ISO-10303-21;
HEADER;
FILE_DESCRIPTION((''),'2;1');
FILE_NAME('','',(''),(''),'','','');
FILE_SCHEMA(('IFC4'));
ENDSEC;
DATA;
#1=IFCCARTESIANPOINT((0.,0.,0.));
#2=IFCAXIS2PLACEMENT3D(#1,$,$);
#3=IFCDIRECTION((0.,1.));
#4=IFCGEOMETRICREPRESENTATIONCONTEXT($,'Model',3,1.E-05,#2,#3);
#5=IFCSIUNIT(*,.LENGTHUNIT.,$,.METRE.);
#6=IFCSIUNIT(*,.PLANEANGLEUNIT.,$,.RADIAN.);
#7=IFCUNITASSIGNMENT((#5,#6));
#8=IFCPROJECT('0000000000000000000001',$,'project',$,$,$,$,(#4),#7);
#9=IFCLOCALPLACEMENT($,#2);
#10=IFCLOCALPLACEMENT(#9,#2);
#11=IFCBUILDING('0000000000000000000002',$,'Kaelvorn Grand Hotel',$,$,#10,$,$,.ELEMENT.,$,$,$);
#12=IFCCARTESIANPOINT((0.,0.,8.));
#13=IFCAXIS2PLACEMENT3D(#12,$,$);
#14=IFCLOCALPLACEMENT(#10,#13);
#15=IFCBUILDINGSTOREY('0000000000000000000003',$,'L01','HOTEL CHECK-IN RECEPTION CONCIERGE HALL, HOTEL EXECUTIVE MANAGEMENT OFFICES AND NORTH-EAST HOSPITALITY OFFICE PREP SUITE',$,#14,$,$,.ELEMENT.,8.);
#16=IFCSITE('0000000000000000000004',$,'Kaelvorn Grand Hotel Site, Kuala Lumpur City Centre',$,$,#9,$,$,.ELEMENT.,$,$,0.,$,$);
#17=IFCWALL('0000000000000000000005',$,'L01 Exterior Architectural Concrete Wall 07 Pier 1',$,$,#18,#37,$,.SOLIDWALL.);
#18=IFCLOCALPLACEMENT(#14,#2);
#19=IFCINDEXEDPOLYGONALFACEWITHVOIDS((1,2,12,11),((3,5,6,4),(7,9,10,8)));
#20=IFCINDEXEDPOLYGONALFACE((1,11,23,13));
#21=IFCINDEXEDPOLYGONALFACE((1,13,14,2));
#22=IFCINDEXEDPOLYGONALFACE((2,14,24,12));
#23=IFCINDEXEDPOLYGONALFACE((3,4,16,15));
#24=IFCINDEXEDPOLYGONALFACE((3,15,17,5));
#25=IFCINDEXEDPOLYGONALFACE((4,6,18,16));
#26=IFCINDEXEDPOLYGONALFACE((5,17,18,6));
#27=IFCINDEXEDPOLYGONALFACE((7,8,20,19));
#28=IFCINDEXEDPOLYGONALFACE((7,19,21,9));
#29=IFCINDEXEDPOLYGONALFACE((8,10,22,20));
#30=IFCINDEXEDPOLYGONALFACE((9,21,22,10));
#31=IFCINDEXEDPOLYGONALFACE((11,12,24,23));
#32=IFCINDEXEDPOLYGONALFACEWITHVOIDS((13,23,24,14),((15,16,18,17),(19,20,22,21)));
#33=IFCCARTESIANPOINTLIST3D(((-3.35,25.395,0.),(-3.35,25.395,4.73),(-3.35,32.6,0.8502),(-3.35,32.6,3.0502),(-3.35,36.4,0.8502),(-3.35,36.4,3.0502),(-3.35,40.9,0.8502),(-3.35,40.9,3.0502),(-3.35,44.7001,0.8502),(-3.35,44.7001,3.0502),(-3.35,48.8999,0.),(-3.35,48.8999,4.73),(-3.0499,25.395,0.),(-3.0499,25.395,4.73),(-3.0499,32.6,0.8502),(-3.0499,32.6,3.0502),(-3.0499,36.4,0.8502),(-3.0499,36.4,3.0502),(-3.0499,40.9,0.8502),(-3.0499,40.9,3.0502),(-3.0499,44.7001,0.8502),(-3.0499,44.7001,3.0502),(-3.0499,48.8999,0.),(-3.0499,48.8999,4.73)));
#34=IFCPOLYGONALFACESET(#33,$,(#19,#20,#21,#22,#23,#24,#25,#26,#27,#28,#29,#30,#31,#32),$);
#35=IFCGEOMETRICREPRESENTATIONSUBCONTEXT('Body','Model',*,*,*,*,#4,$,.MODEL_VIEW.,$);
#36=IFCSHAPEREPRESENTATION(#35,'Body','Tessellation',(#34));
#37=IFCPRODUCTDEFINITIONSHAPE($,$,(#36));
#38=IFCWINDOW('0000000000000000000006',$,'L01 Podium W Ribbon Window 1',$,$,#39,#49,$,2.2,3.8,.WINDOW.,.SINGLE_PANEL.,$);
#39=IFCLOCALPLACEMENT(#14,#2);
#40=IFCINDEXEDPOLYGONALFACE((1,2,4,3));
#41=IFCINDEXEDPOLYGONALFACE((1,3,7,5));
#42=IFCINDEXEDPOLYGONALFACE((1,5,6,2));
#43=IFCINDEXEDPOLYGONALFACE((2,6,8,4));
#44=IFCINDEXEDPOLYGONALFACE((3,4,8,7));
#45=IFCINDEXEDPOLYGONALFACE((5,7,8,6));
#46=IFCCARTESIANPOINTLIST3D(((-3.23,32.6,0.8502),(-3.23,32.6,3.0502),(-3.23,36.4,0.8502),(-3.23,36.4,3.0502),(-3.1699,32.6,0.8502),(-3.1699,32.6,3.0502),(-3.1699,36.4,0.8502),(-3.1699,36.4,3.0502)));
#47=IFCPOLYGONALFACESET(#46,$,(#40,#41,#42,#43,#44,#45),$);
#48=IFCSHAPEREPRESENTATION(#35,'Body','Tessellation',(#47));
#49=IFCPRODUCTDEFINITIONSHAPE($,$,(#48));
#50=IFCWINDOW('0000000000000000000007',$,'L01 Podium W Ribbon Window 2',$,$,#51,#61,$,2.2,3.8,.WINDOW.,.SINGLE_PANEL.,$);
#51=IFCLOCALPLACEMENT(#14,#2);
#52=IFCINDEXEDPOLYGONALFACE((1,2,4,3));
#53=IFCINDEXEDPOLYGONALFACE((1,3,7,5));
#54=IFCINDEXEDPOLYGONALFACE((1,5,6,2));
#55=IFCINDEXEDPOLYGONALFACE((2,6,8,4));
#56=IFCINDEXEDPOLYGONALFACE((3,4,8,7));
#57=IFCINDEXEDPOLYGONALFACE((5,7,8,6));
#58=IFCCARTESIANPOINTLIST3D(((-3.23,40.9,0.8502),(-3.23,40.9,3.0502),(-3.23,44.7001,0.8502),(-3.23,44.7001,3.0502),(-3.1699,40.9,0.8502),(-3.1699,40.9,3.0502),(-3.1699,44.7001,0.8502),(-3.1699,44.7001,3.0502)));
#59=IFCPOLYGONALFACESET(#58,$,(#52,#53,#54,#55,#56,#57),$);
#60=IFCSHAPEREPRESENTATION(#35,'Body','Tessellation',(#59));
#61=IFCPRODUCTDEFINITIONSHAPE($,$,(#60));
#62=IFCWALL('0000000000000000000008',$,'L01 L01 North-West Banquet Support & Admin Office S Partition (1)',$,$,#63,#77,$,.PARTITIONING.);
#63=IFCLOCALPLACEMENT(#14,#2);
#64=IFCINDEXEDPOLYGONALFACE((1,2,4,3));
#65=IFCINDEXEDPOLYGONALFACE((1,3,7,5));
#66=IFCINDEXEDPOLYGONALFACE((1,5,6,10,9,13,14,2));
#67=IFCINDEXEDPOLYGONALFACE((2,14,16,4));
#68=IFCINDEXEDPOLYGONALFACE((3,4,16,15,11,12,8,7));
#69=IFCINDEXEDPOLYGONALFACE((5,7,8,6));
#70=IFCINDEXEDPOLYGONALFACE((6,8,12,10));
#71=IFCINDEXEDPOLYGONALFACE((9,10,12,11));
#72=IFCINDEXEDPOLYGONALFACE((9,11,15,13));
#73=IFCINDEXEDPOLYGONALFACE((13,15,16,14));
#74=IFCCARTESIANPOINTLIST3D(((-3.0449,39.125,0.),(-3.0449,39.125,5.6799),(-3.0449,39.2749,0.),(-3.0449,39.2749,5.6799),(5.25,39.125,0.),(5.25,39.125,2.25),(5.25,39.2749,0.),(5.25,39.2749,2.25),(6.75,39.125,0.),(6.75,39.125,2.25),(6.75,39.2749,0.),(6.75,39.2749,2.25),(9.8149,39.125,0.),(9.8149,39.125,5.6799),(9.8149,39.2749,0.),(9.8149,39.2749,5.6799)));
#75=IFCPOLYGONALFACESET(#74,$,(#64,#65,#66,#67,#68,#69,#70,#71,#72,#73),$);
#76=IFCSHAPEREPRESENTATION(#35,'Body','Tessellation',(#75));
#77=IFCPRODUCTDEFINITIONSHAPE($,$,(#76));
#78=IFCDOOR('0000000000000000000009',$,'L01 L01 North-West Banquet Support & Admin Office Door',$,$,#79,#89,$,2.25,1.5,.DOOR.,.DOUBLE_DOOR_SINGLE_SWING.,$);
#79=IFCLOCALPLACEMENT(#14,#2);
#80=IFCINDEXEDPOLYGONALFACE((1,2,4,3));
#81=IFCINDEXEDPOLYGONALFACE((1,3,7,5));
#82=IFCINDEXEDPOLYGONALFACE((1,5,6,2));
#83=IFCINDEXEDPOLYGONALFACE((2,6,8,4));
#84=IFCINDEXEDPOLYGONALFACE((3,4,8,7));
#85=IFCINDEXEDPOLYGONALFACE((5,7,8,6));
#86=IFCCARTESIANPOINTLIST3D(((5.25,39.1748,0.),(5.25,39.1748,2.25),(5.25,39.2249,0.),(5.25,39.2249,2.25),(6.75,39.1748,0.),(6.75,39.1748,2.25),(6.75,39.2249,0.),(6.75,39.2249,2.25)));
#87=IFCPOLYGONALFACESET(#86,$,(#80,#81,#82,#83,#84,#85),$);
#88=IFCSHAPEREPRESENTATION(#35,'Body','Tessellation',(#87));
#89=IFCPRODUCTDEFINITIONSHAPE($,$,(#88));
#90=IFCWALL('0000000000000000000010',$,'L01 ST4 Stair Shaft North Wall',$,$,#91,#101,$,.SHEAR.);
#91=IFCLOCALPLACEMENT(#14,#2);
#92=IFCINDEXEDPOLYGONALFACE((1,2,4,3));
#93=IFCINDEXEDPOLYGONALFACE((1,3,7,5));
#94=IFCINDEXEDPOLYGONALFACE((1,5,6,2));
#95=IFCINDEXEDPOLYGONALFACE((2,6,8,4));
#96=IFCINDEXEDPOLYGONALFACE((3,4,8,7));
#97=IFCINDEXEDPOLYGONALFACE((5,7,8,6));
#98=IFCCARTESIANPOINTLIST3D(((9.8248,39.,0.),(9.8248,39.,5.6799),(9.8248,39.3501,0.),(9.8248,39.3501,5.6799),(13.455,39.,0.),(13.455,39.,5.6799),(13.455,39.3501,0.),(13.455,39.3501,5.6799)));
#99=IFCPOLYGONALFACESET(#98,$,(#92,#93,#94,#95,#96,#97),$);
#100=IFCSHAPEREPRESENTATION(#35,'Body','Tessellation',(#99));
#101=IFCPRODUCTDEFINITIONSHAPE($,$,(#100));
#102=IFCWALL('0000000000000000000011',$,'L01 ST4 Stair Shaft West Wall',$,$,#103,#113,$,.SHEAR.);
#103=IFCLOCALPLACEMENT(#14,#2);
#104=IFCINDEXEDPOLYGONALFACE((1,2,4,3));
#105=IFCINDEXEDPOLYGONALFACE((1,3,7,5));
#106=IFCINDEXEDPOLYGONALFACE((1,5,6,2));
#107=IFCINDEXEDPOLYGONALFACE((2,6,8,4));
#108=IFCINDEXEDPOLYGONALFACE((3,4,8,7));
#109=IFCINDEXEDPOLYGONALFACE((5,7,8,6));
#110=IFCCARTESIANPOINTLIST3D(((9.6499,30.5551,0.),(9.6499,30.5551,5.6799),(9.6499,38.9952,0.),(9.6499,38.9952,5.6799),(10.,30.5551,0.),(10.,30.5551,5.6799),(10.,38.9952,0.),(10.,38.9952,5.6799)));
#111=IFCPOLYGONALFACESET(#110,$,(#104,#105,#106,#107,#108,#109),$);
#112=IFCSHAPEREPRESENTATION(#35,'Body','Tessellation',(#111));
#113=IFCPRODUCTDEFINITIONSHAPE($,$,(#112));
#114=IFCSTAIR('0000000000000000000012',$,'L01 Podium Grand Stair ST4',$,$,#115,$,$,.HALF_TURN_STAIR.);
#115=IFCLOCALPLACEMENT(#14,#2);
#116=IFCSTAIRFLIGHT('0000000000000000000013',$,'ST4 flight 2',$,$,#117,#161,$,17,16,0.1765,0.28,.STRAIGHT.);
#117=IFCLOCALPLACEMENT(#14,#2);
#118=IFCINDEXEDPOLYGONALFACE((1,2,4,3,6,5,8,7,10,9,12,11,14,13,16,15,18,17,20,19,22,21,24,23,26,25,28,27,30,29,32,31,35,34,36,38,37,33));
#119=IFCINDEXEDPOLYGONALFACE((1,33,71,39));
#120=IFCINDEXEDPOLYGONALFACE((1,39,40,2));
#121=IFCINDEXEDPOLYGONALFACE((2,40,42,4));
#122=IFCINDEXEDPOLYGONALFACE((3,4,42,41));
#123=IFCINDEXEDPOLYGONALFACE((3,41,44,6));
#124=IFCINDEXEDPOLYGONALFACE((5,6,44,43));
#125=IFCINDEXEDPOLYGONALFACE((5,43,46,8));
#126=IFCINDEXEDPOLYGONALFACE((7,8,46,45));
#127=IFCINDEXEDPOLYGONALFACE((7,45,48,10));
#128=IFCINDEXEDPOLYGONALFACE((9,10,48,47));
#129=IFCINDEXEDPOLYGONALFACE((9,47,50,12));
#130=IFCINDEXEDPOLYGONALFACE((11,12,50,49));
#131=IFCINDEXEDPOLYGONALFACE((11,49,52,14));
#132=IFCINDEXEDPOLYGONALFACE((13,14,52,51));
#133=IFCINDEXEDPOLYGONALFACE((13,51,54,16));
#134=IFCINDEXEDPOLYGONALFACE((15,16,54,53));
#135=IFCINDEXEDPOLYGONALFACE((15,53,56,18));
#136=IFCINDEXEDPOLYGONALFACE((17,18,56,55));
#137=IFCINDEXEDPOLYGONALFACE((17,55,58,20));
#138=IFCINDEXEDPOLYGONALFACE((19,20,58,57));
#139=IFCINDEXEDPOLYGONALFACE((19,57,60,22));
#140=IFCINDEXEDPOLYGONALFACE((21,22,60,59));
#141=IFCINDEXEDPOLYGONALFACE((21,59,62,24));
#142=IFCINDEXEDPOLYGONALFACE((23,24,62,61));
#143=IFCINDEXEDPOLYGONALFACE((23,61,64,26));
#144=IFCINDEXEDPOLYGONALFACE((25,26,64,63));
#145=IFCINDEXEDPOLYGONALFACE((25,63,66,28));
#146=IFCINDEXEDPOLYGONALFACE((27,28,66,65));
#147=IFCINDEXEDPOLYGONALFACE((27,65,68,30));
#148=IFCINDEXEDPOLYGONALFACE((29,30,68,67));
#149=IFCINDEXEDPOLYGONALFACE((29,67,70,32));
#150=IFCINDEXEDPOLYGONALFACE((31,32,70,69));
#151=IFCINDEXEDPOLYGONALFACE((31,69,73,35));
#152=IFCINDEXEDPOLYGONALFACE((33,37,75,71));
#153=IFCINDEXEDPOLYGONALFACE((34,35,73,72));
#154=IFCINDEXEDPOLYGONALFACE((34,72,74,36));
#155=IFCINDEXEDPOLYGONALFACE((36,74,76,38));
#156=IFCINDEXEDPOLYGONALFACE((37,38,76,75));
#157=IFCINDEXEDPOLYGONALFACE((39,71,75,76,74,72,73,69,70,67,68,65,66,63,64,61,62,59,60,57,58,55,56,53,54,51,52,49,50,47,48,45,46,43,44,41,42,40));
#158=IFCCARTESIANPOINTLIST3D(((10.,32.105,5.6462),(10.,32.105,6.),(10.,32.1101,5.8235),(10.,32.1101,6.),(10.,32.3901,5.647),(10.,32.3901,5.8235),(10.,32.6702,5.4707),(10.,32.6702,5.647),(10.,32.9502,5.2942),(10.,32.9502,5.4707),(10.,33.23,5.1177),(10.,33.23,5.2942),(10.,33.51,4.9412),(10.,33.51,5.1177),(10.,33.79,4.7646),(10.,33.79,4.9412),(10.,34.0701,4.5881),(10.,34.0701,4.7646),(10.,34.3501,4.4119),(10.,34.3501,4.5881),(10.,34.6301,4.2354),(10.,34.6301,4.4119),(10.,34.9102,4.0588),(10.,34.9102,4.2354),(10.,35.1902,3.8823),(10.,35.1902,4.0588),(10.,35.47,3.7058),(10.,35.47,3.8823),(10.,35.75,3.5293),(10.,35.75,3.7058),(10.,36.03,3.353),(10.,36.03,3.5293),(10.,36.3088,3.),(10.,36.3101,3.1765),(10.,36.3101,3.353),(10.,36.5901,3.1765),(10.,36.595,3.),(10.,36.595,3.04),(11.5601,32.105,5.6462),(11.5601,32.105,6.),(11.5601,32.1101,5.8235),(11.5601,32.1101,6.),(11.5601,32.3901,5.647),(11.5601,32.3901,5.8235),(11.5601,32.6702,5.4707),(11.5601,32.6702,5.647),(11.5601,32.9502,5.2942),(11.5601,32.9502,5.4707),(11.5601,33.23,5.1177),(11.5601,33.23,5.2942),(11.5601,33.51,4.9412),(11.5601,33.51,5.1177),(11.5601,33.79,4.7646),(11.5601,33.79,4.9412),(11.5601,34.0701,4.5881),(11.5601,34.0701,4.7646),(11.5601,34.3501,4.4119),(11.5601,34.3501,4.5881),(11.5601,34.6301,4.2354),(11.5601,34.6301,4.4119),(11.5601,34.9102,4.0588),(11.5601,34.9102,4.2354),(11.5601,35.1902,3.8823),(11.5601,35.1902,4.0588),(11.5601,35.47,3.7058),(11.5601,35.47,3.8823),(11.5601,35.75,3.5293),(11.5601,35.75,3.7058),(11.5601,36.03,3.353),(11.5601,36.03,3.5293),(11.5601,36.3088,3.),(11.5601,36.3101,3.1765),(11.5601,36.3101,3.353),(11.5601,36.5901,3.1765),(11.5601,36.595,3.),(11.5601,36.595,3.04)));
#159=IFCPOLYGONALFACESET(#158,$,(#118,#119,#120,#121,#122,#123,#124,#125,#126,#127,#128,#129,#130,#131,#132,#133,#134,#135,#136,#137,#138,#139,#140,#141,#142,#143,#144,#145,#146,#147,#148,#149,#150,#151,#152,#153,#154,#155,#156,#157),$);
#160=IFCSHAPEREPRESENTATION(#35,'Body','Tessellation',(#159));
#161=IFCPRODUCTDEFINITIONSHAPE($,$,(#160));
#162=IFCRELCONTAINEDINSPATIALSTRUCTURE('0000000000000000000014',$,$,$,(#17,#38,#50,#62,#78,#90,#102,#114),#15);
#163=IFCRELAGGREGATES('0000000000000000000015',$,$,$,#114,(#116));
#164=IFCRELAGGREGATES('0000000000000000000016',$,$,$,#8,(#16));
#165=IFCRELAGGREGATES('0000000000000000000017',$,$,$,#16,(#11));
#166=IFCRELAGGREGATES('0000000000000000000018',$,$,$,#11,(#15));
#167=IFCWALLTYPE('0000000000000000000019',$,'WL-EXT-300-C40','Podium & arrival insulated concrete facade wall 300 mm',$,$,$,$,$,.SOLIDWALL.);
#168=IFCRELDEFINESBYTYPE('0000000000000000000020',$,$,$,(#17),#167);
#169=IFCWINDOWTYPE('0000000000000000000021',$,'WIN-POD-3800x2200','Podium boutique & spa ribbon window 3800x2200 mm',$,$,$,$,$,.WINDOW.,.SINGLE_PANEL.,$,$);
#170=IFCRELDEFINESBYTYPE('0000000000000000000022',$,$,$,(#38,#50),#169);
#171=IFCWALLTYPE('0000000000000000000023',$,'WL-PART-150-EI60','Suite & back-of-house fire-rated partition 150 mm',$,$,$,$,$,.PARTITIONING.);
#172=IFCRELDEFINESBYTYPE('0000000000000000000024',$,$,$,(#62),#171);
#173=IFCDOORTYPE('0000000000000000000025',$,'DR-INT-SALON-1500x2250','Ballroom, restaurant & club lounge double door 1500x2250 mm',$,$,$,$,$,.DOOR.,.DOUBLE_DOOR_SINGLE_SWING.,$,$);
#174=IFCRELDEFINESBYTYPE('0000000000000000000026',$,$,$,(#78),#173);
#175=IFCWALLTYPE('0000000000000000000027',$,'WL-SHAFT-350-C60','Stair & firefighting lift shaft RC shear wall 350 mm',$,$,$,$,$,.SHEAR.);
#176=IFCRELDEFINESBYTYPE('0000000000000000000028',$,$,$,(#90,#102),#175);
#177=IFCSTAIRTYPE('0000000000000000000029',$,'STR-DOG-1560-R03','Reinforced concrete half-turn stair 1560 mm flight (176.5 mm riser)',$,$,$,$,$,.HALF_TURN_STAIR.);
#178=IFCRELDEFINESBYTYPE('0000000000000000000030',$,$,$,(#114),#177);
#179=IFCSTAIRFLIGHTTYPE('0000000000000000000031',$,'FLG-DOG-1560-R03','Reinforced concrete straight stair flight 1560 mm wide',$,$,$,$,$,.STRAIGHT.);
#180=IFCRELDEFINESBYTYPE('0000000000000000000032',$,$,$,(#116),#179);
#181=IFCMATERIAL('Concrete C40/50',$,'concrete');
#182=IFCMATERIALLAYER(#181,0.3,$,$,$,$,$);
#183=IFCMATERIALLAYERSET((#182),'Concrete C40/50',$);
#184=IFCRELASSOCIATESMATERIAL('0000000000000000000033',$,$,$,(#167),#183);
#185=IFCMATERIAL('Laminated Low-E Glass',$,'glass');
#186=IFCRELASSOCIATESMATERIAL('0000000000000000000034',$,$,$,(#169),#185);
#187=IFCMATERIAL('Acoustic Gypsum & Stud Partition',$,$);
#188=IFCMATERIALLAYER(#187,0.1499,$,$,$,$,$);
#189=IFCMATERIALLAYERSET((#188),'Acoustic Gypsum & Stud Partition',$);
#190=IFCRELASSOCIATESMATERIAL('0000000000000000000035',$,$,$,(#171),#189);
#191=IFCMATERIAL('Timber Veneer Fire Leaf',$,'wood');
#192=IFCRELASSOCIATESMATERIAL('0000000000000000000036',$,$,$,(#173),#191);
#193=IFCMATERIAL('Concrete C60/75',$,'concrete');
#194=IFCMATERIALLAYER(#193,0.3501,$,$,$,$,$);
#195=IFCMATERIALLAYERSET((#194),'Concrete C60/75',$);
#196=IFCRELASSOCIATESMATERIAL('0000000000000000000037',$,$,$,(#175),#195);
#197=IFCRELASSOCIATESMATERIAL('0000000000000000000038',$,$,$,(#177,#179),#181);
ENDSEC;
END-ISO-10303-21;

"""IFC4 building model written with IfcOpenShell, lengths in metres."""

from ifc_helpers import new_model, si_unit, direction, frame, frame_2d, origin, place, context, subcontext, project, spatial, polyline, rectangle, outline, extrude, material, layer, layer_set, type_object, element, fill, aggregate, save


model = new_model("IFC4")

# Units and contexts
model_context = context("Model", 3, precision=1e-05, world=origin(), true_north=direction((0.0, 1.0)))
body_context = subcontext(model_context, "Body", "Model", "MODEL_VIEW")
ifc_project = project(units=[si_unit("LENGTHUNIT", "METRE"), si_unit("PLANEANGLEUNIT", "RADIAN")], contexts=[model_context])

# Site, building, storey
site_placement = place(None, origin())
site = spatial("IfcSite", under=ifc_project, at=site_placement, Name="Kaelvorn Grand Hotel Site, Kuala Lumpur City Centre", CompositionType="ELEMENT", RefElevation=0.0)
building_placement = place(site_placement, origin())
building = spatial("IfcBuilding", under=site, at=building_placement, Name="Kaelvorn Grand Hotel", CompositionType="ELEMENT")
storey_placement = place(building_placement, frame((0.0, 0.0, 8.0)))
storey = spatial("IfcBuildingStorey", under=building, at=storey_placement, Name="L01", Description="HOTEL CHECK-IN RECEPTION CONCIERGE HALL, HOTEL EXECUTIVE MANAGEMENT OFFICES AND NORTH-EAST HOSPITALITY OFFICE PREP SUITE", CompositionType="ELEMENT", Elevation=8.0)

# Shared definitions
ifc_material_1 = material(Name="Concrete C40/50", Category="concrete")
ifc_layer_1 = layer(ifc_material_1, 0.3)
ifc_layer_set_1 = layer_set([ifc_layer_1], Name="Concrete C40/50")
wall_type_1 = type_object("IfcWallType", Name="WL-EXT-300-C40", Description="Podium & arrival insulated concrete facade wall 300 mm", PredefinedType="SOLIDWALL", material=ifc_layer_set_1)
ifc_material_2 = material(Name="Laminated Low-E Glass", Category="glass")

# Wall, openings, windows
wall_1_placement = place(storey_placement, frame((-3.2, 48.8999, 0.0), z_axis=(0.0, 0.0, 1.0), x_axis=(0.0, -1.0, 0.0)))
wall_1 = element("IfcWall", 1, at=wall_1_placement, inside=storey, type_object=wall_type_1, Name="L01 Exterior Architectural Concrete Wall 07 Pier 1", PredefinedType="SOLIDWALL", context=body_context, shape_type="SweptSolid", body=[
    extrude(rectangle(XDim=23.5049, YDim=0.3, at=frame_2d((11.7524, 0.0))), origin(), (0.0, 0.0, 1.0), 4.73),
])
opening_1_placement = place(wall_1_placement, frame((12.5, 0.0, 0.8501)))
opening_1 = element("IfcOpeningElement", 2, at=opening_1_placement, cuts=wall_1, PredefinedType="OPENING", context=body_context, shape_type="SweptSolid", body=[
    extrude(rectangle(XDim=3.8, YDim=2.2, at=frame_2d((1.8999, 1.1001))), frame((0.0, 0.1602, 0.0), z_axis=(0.0, -1.0, 0.0), x_axis=(1.0, 0.0, 0.0)), (0.0, 0.0, 1.0), 0.3201),
])
opening_2_placement = place(wall_1_placement, frame((4.2, 0.0, 0.8501)))
opening_2 = element("IfcOpeningElement", 3, at=opening_2_placement, cuts=wall_1, PredefinedType="OPENING", context=body_context, shape_type="SweptSolid", body=[
    extrude(rectangle(XDim=3.8, YDim=2.2, at=frame_2d((1.8999, 1.1001))), frame((0.0, 0.1602, 0.0), z_axis=(0.0, -1.0, 0.0), x_axis=(1.0, 0.0, 0.0)), (0.0, 0.0, 1.0), 0.3201),
])
window_type_1 = type_object("IfcWindowType", Name="WIN-POD-3800x2200", Description="Podium boutique & spa ribbon window 3800x2200 mm", PartitioningType="SINGLE_PANEL", PredefinedType="WINDOW", material=ifc_material_2)
window_1_placement = place(opening_1_placement, origin())
window_1 = element("IfcWindow", 4, at=window_1_placement, inside=storey, type_object=window_type_1, Name="L01 Podium W Ribbon Window 1", OverallHeight=2.2, OverallWidth=3.8, PartitioningType="SINGLE_PANEL", PredefinedType="WINDOW", context=body_context, shape_type="SweptSolid", body=[
    extrude(rectangle(XDim=3.8, YDim=2.2, at=frame_2d((1.8999, 1.1001))), frame((0.0, 0.03, 0.0), z_axis=(0.0, -1.0, 0.0), x_axis=(1.0, 0.0, 0.0)), (0.0, 0.0, 1.0), 0.0601),
])
fill(opening_1, window_1)
window_2_placement = place(opening_2_placement, origin())
window_2 = element("IfcWindow", 5, at=window_2_placement, inside=storey, type_object=window_type_1, Name="L01 Podium W Ribbon Window 2", OverallHeight=2.2, OverallWidth=3.8, PartitioningType="SINGLE_PANEL", PredefinedType="WINDOW", context=body_context, shape_type="SweptSolid", body=[
    extrude(rectangle(XDim=3.8, YDim=2.2, at=frame_2d((1.8999, 1.1001))), frame((0.0, 0.03, 0.0), z_axis=(0.0, -1.0, 0.0), x_axis=(1.0, 0.0, 0.0)), (0.0, 0.0, 1.0), 0.0601),
])
fill(opening_2, window_2)

# Wall, opening, door
ifc_material_3 = material(Name="Acoustic Gypsum & Stud Partition")
ifc_layer_2 = layer(ifc_material_3, 0.1499)
ifc_layer_set_2 = layer_set([ifc_layer_2], Name="Acoustic Gypsum & Stud Partition")
wall_type_2 = type_object("IfcWallType", Name="WL-PART-150-EI60", Description="Suite & back-of-house fire-rated partition 150 mm", PredefinedType="PARTITIONING", material=ifc_layer_set_2)
wall_2_placement = place(storey_placement, frame((-3.0449, 39.2, 0.0), z_axis=(0.0, 0.0, 1.0), x_axis=(1.0, 0.0, 0.0)))
wall_2 = element("IfcWall", 6, at=wall_2_placement, inside=storey, type_object=wall_type_2, Name="L01 L01 North-West Banquet Support & Admin Office S Partition (1)", PredefinedType="PARTITIONING", context=body_context, shape_type="SweptSolid", body=[
    extrude(rectangle(XDim=12.8599, YDim=0.1499, at=frame_2d((6.4299, 0.0))), origin(), (0.0, 0.0, 1.0), 5.6799),
])
opening_3_placement = place(wall_2_placement, frame((8.2949, 0.0, 0.0)))
opening_3 = element("IfcOpeningElement", 7, at=opening_3_placement, cuts=wall_2, PredefinedType="OPENING", context=body_context, shape_type="SweptSolid", body=[
    extrude(rectangle(XDim=1.5, YDim=2.25, at=frame_2d((0.75, 1.125))), frame((0.0, 0.085, 0.0), z_axis=(0.0, -1.0, 0.0), x_axis=(1.0, 0.0, 0.0)), (0.0, 0.0, 1.0), 0.1699),
])
ifc_material_4 = material(Name="Timber Veneer Fire Leaf", Category="wood")
door_type_1 = type_object("IfcDoorType", Name="DR-INT-SALON-1500x2250", Description="Ballroom, restaurant & club lounge double door 1500x2250 mm", OperationType="DOUBLE_DOOR_SINGLE_SWING", PredefinedType="DOOR", material=ifc_material_4)
door_1_placement = place(opening_3_placement, origin())
door_1 = element("IfcDoor", 8, at=door_1_placement, inside=storey, type_object=door_type_1, Name="L01 L01 North-West Banquet Support & Admin Office Door", OperationType="DOUBLE_DOOR_SINGLE_SWING", OverallHeight=2.25, OverallWidth=1.5, PredefinedType="DOOR", context=body_context, shape_type="SweptSolid", body=[
    extrude(rectangle(XDim=1.5, YDim=2.25, at=frame_2d((0.75, 1.125))), frame((0.0, 0.0249, 0.0), z_axis=(0.0, -1.0, 0.0), x_axis=(1.0, 0.0, 0.0)), (0.0, 0.0, 1.0), 0.05),
])
fill(opening_3, door_1)
ifc_material_5 = material(Name="Concrete C60/75", Category="concrete")
ifc_layer_3 = layer(ifc_material_5, 0.3501)
ifc_layer_set_3 = layer_set([ifc_layer_3], Name="Concrete C60/75")
wall_type_3 = type_object("IfcWallType", Name="WL-SHAFT-350-C60", Description="Stair & firefighting lift shaft RC shear wall 350 mm", PredefinedType="SHEAR", material=ifc_layer_set_3)

# Walls
wall_3_placement = place(storey_placement, frame((9.825, 39.175, 0.0), z_axis=(0.0, 0.0, 1.0), x_axis=(1.0, 0.0, 0.0)))
element("IfcWall", 9, at=wall_3_placement, inside=storey, type_object=wall_type_3, Name="L01 ST4 Stair Shaft North Wall", PredefinedType="SHEAR", context=body_context, shape_type="SweptSolid", body=[
    extrude(rectangle(XDim=3.6301, YDim=0.3501, at=frame_2d((1.8149, 0.0))), origin(), (0.0, 0.0, 1.0), 5.6799),
])
wall_4_placement = place(storey_placement, frame((9.825, 30.5549, 0.0), z_axis=(0.0, 0.0, 1.0), x_axis=(0.0, 1.0, 0.0)))
element("IfcWall", 10, at=wall_4_placement, inside=storey, type_object=wall_type_3, Name="L01 ST4 Stair Shaft West Wall", PredefinedType="SHEAR", context=body_context, shape_type="SweptSolid", body=[
    extrude(rectangle(XDim=8.4402, YDim=0.3501, at=frame_2d((4.2202, 0.0))), origin(), (0.0, 0.0, 1.0), 5.6799),
])

# Stair, stair flight
stair_type = type_object("IfcStairType", Name="STR-DOG-1560-R03", Description="Reinforced concrete half-turn stair 1560 mm flight (176.5 mm riser)", PredefinedType="HALF_TURN_STAIR", material=ifc_material_1)
stair_placement = place(storey_placement, origin())
stair = element("IfcStair", 11, at=stair_placement, inside=storey, type_object=stair_type, Name="L01 Podium Grand Stair ST4", PredefinedType="HALF_TURN_STAIR")
stair_flight_type = type_object("IfcStairFlightType", Name="FLG-DOG-1560-R03", Description="Reinforced concrete straight stair flight 1560 mm wide", PredefinedType="STRAIGHT", material=ifc_material_1)
stair_flight_placement = place(storey_placement, frame((10.78, 36.5901, 3.0), z_axis=(0.0, 0.0, 1.0), x_axis=(0.0, -1.0, 0.0)))
stair_flight = element("IfcStairFlight", 12, at=stair_flight_placement, type_object=stair_flight_type, Name="ST4 flight 2", NumberOfRisers=17, NumberOfTreads=16, PredefinedType="STRAIGHT", RiserHeight=0.1765, TreadLength=0.28, context=body_context, shape_type="SweptSolid", body=[
    extrude(outline(polyline([(-0.0049, 0.0), (-0.0049, 0.04), (0.0, 0.1765), (0.28, 0.1765), (0.28, 0.353), (0.5601, 0.353), (0.5601, 0.5293), (0.8401, 0.5293), (0.8401, 0.7058), (1.1201, 0.7058), (1.1201, 0.8823), (1.3999, 0.8823), (1.3999, 1.0588), (1.6799, 1.0588), (1.6799, 1.2354), (1.96, 1.2354), (1.96, 1.4119), (2.24, 1.4119), (2.24, 1.5881), (2.52, 1.5881), (2.52, 1.7646), (2.8, 1.7646), (2.8, 1.9412), (3.0801, 1.9412), (3.0801, 2.1177), (3.3601, 2.1177), (3.3601, 2.2942), (3.6399, 2.2942), (3.6399, 2.4707), (3.9199, 2.4707), (3.9199, 2.647), (4.2, 2.647), (4.2, 2.8235), (4.48, 2.8235), (4.48, 3.0), (4.4851, 3.0), (4.4851, 2.6462), (0.2812, 0.0), (-0.0049, 0.0)])), frame((0.0, 0.78, 0.0), z_axis=(0.0, -1.0, 0.0), x_axis=(1.0, 0.0, 0.0)), (0.0, 0.0, 1.0), 1.5601),
])
aggregate(stair, [stair_flight])

save(model, "model.ifc")
